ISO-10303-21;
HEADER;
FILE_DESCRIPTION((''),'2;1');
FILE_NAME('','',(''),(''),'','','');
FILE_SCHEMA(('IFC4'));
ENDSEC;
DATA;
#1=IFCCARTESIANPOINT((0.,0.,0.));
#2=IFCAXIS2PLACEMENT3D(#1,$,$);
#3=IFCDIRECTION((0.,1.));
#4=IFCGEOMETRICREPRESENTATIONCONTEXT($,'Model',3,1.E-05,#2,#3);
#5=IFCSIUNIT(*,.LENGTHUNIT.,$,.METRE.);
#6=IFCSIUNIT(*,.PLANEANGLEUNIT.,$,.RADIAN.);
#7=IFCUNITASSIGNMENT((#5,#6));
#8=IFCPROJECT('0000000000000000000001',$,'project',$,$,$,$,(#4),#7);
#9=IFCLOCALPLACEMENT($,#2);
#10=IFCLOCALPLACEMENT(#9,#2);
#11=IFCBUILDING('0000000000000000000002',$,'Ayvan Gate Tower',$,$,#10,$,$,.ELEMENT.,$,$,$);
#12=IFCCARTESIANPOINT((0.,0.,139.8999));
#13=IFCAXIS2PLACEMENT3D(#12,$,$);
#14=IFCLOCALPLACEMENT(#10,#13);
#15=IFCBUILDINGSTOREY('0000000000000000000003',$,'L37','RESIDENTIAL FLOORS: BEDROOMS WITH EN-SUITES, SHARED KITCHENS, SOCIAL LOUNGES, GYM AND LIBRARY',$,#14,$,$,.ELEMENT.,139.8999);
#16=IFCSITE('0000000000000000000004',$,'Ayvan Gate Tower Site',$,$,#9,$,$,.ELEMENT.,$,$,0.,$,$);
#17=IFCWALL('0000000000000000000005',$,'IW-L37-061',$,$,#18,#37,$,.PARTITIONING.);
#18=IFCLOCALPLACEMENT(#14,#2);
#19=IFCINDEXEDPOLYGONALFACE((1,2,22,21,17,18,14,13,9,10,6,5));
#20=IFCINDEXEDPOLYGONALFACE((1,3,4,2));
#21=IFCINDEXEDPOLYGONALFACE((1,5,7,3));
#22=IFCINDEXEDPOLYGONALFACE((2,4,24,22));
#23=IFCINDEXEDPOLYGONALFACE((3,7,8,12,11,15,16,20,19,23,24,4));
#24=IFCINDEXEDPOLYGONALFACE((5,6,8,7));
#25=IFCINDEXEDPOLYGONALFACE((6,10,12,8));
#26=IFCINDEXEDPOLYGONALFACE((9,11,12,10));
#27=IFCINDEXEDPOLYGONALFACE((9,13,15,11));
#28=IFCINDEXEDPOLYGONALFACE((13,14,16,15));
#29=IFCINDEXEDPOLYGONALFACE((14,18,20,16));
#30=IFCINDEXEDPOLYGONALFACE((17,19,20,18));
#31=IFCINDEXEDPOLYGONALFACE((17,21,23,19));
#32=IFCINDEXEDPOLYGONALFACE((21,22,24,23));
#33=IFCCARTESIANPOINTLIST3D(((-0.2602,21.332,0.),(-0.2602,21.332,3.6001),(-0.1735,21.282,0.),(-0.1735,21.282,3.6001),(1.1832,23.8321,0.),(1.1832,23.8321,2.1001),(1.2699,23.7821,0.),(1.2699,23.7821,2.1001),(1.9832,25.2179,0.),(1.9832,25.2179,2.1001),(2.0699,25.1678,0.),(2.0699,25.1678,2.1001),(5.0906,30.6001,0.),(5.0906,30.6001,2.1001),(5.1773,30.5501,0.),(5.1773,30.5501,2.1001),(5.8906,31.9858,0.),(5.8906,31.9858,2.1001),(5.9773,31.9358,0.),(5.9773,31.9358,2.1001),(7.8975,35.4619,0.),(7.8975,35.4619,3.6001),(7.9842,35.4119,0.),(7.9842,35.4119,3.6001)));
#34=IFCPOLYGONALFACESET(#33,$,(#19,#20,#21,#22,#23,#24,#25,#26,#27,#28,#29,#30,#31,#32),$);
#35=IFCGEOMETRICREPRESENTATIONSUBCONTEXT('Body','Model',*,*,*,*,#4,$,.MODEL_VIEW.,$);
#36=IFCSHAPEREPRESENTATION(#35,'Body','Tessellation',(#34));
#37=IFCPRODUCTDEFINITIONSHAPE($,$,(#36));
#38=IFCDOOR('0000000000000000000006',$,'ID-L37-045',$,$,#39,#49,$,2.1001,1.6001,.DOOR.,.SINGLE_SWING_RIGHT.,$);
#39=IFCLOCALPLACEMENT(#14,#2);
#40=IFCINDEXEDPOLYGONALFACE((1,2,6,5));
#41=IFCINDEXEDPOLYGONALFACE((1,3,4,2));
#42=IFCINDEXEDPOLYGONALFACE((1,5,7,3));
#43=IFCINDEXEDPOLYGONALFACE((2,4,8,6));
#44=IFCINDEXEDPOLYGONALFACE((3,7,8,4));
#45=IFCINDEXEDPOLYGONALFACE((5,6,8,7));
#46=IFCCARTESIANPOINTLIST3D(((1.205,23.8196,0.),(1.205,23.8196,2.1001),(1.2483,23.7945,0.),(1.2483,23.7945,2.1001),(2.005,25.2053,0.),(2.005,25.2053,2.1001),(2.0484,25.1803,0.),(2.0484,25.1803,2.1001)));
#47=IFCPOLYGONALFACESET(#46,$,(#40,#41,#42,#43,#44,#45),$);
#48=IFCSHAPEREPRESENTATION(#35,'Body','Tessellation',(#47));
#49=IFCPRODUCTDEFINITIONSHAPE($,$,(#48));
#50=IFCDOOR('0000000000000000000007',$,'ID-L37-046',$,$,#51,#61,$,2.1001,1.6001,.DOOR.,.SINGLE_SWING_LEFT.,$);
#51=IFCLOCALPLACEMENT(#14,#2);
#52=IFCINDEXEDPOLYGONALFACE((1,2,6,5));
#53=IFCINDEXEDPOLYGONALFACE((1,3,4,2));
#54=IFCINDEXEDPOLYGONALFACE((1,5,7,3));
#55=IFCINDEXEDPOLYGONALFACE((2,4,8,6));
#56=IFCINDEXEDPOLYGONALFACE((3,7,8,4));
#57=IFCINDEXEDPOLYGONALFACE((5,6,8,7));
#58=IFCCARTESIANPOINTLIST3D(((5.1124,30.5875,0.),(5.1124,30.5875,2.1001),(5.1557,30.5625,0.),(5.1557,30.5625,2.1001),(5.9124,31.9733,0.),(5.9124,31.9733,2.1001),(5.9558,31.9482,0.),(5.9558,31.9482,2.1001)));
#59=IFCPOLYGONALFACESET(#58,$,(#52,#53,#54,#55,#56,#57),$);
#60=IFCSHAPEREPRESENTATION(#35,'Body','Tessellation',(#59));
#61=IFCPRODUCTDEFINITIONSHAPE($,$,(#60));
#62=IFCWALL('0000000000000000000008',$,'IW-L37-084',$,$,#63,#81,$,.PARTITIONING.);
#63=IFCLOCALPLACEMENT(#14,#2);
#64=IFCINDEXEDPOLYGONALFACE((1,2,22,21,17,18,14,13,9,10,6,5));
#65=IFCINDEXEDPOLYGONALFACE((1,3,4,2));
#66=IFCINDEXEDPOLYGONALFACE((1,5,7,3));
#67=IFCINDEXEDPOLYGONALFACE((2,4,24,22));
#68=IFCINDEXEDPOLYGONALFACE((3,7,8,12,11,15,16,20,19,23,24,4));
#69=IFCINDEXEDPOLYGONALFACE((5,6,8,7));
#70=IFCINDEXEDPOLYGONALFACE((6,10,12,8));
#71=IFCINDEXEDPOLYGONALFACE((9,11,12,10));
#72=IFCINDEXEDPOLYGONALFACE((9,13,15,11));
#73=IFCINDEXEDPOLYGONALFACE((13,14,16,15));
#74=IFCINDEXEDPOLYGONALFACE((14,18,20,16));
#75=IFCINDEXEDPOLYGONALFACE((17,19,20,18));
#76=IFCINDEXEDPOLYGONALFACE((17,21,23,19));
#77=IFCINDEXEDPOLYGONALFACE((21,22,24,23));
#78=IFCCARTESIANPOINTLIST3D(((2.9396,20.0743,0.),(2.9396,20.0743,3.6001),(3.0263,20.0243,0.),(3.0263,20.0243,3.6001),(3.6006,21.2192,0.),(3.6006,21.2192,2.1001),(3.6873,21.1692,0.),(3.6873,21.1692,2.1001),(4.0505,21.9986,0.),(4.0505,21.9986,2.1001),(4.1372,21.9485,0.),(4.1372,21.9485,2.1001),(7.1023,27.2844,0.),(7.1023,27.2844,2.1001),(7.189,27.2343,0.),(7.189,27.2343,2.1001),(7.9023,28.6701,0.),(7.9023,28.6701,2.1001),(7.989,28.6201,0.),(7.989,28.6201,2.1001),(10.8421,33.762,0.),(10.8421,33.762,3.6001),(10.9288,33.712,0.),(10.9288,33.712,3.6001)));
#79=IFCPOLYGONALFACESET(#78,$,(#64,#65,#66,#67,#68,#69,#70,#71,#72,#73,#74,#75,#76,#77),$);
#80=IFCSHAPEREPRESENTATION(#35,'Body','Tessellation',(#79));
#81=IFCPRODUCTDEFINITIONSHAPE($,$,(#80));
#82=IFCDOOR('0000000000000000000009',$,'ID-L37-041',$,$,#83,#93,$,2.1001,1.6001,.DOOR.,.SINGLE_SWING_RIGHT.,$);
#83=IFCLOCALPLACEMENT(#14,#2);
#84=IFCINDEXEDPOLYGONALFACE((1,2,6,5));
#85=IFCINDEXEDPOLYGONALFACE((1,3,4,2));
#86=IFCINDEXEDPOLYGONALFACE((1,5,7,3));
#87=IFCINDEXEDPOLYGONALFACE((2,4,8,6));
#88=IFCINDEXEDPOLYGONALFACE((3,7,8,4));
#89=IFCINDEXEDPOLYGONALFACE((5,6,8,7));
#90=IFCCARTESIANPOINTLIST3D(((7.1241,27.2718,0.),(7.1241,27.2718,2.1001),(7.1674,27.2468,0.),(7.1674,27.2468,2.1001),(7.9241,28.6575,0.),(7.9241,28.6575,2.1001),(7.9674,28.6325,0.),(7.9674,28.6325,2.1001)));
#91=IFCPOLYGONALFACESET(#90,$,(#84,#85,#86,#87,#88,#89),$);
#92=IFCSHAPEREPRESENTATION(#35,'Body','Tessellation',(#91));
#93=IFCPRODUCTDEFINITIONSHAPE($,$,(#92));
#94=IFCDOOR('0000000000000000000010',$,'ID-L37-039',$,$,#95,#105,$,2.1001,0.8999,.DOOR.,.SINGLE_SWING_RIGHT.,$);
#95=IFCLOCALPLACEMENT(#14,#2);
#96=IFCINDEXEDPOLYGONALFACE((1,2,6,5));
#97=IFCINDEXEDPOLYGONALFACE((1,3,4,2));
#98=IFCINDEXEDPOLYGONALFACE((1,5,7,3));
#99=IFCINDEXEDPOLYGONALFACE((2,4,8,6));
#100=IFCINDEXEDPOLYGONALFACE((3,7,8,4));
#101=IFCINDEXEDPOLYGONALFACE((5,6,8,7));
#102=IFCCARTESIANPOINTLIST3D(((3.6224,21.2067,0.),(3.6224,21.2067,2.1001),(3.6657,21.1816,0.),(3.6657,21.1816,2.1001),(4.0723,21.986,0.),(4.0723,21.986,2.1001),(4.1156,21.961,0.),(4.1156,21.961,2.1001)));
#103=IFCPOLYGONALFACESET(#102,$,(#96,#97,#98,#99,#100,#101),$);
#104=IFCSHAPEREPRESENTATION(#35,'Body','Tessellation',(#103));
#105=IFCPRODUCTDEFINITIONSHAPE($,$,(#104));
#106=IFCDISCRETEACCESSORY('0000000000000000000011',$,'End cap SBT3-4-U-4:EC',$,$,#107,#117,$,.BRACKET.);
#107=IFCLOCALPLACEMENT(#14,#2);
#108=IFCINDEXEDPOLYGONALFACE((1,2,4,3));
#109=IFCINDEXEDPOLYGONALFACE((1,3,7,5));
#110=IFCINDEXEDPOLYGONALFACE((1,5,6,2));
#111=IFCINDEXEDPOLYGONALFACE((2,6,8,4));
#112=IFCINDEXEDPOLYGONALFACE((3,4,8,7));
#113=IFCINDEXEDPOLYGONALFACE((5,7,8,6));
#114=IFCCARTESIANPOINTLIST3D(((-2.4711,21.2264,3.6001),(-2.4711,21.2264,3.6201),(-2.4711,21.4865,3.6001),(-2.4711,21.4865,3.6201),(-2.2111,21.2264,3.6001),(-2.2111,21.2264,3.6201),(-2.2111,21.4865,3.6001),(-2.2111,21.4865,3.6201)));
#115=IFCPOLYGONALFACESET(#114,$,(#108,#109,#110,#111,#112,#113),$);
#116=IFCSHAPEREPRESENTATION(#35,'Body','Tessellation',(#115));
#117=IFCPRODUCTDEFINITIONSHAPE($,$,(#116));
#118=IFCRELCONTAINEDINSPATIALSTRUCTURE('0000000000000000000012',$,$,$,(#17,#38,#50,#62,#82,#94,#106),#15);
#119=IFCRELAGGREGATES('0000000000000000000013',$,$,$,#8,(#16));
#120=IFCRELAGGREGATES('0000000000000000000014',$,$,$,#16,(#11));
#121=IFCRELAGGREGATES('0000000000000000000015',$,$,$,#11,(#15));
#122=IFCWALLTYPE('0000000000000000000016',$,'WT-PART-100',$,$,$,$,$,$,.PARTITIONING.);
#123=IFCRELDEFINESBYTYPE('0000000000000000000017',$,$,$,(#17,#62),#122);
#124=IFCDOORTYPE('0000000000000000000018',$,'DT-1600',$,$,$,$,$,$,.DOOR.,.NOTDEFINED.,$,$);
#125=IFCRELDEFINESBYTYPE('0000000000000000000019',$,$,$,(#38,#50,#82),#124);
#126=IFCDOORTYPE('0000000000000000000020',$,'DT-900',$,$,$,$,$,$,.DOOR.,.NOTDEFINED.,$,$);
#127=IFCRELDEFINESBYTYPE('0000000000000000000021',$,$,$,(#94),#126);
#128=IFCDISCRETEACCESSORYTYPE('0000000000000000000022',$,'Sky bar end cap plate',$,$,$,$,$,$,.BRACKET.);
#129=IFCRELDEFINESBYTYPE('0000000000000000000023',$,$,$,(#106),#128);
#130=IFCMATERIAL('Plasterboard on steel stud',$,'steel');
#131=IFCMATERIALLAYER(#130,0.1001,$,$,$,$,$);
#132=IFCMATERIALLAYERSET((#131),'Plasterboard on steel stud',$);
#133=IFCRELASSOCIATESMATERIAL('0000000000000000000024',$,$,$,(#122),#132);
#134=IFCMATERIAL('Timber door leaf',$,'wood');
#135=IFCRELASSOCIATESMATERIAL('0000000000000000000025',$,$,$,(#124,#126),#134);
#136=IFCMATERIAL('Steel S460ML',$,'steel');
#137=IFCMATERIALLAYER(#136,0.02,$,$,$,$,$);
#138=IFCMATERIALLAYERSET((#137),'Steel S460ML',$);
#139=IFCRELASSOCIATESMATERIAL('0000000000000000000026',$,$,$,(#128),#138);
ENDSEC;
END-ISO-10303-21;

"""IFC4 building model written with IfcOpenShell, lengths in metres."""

from ifc_helpers import new_model, si_unit, direction, frame, frame_2d, origin, origin_2d, place, context, subcontext, project, spatial, rectangle, extrude, material, layer, layer_set, type_object, element, fill, save


model = new_model("IFC4")

# Units and contexts
model_context = context("Model", 3, precision=1e-05, world=origin(), true_north=direction((0.0, 1.0)))
body_context = subcontext(model_context, "Body", "Model", "MODEL_VIEW")
ifc_project = project(units=[si_unit("LENGTHUNIT", "METRE"), si_unit("PLANEANGLEUNIT", "RADIAN")], contexts=[model_context])

# Site, building, storey
site_placement = place(None, origin())
site = spatial("IfcSite", under=ifc_project, at=site_placement, Name="Ayvan Gate Tower Site", CompositionType="ELEMENT", RefElevation=0.0)
building_placement = place(site_placement, origin())
building = spatial("IfcBuilding", under=site, at=building_placement, Name="Ayvan Gate Tower", CompositionType="ELEMENT")
storey_placement = place(building_placement, frame((0.0, 0.0, 139.8999)))
storey = spatial("IfcBuildingStorey", under=building, at=storey_placement, Name="L37", Description="RESIDENTIAL FLOORS: BEDROOMS WITH EN-SUITES, SHARED KITCHENS, SOCIAL LOUNGES, GYM AND LIBRARY", CompositionType="ELEMENT", Elevation=139.8999)

# Shared definitions
ifc_material_1 = material(Name="Plasterboard on steel stud", Category="steel")
ifc_layer_1 = layer(ifc_material_1, 0.1001)
ifc_layer_set_1 = layer_set([ifc_layer_1], Name="Plasterboard on steel stud")
wall_type = type_object("IfcWallType", Name="WT-PART-100", PredefinedType="PARTITIONING", material=ifc_layer_set_1)

# Walls, openings, doors
wall_1_placement = place(storey_placement, frame((-0.2168, 21.3071, 0.0), z_axis=(0.0, 0.0, 1.0), x_axis=(0.499992, 0.86603, 0.0)))
wall_1 = element("IfcWall", 1, at=wall_1_placement, inside=storey, type_object=wall_type, Name="IW-L37-061", PredefinedType="PARTITIONING", context=body_context, shape_type="SweptSolid", body=[
    extrude(rectangle(XDim=16.3157, YDim=0.1001, at=frame_2d((8.1577, 0.0))), origin(), (0.0, 0.0, 1.0), 3.6001),
])
opening_1_placement = place(wall_1_placement, frame((2.8867, 0.0, 0.0)))
opening_1 = element("IfcOpeningElement", 2, at=opening_1_placement, cuts=wall_1, PredefinedType="OPENING", context=body_context, shape_type="SweptSolid", body=[
    extrude(rectangle(XDim=1.6001, YDim=2.1001, at=frame_2d((0.8, 1.05))), frame((0.0, 0.0601, 0.0), z_axis=(0.0, -1.0, 0.0), x_axis=(1.0, 0.0, 0.0)), (0.0, 0.0, 1.0), 0.1201),
])
opening_2_placement = place(wall_1_placement, frame((10.7017, 0.0, 0.0)))
opening_2 = element("IfcOpeningElement", 3, at=opening_2_placement, cuts=wall_1, PredefinedType="OPENING", context=body_context, shape_type="SweptSolid", body=[
    extrude(rectangle(XDim=1.6001, YDim=2.1001, at=frame_2d((0.8, 1.05))), frame((0.0, 0.0601, 0.0), z_axis=(0.0, -1.0, 0.0), x_axis=(1.0, 0.0, 0.0)), (0.0, 0.0, 1.0), 0.1201),
])
ifc_material_2 = material(Name="Timber door leaf", Category="wood")
door_type_1 = type_object("IfcDoorType", Name="DT-1600", OperationType="NOTDEFINED", PredefinedType="DOOR", material=ifc_material_2)
door_1_placement = place(opening_1_placement, origin())
door_1 = element("IfcDoor", 4, at=door_1_placement, inside=storey, type_object=door_type_1, Name="ID-L37-045", OperationType="SINGLE_SWING_RIGHT", OverallHeight=2.1001, OverallWidth=1.6001, PredefinedType="DOOR", context=body_context, shape_type="SweptSolid", body=[
    extrude(rectangle(XDim=1.6001, YDim=2.1001, at=frame_2d((0.8, 1.05))), frame((0.0, 0.0249, 0.0), z_axis=(0.0, -1.0, 0.0), x_axis=(1.0, 0.0, 0.0)), (0.0, 0.0, 1.0), 0.05),
])
fill(opening_1, door_1)
door_2_placement = place(opening_2_placement, origin())
door_2 = element("IfcDoor", 5, at=door_2_placement, inside=storey, type_object=door_type_1, Name="ID-L37-046", OperationType="SINGLE_SWING_LEFT", OverallHeight=2.1001, OverallWidth=1.6001, PredefinedType="DOOR", context=body_context, shape_type="SweptSolid", body=[
    extrude(rectangle(XDim=1.6001, YDim=2.1001, at=frame_2d((0.8, 1.05))), frame((0.0, 0.0249, 0.0), z_axis=(0.0, -1.0, 0.0), x_axis=(1.0, 0.0, 0.0)), (0.0, 0.0, 1.0), 0.05),
])
fill(opening_2, door_2)
wall_2_placement = place(storey_placement, frame((2.9829, 20.0493, 0.0), z_axis=(0.0, 0.0, 1.0), x_axis=(0.499998, 0.866026, 0.0)))
wall_2 = element("IfcWall", 6, at=wall_2_placement, inside=storey, type_object=wall_type, Name="IW-L37-084", PredefinedType="PARTITIONING", context=body_context, shape_type="SweptSolid", body=[
    extrude(rectangle(XDim=15.8052, YDim=0.1001, at=frame_2d((7.9026, 0.0))), origin(), (0.0, 0.0, 1.0), 3.6001),
])
opening_3_placement = place(wall_2_placement, frame((1.322, 0.0, 0.0)))
opening_3 = element("IfcOpeningElement", 7, at=opening_3_placement, cuts=wall_2, PredefinedType="OPENING", context=body_context, shape_type="SweptSolid", body=[
    extrude(rectangle(XDim=0.8999, YDim=2.1001, at=frame_2d((0.45, 1.05))), frame((0.0, 0.0601, 0.0), z_axis=(0.0, -1.0, 0.0), x_axis=(1.0, 0.0, 0.0)), (0.0, 0.0, 1.0), 0.1201),
])
opening_4_placement = place(wall_2_placement, frame((8.3254, 0.0, 0.0)))
opening_4 = element("IfcOpeningElement", 8, at=opening_4_placement, cuts=wall_2, PredefinedType="OPENING", context=body_context, shape_type="SweptSolid", body=[
    extrude(rectangle(XDim=1.6001, YDim=2.1001, at=frame_2d((0.8, 1.05))), frame((0.0, 0.0601, 0.0), z_axis=(0.0, -1.0, 0.0), x_axis=(1.0, 0.0, 0.0)), (0.0, 0.0, 1.0), 0.1201),
])
door_3_placement = place(opening_4_placement, origin())
door_3 = element("IfcDoor", 9, at=door_3_placement, inside=storey, type_object=door_type_1, Name="ID-L37-041", OperationType="SINGLE_SWING_RIGHT", OverallHeight=2.1001, OverallWidth=1.6001, PredefinedType="DOOR", context=body_context, shape_type="SweptSolid", body=[
    extrude(rectangle(XDim=1.6001, YDim=2.1001, at=frame_2d((0.8, 1.05))), frame((0.0, 0.0249, 0.0), z_axis=(0.0, -1.0, 0.0), x_axis=(1.0, 0.0, 0.0)), (0.0, 0.0, 1.0), 0.05),
])
fill(opening_4, door_3)
door_type_2 = type_object("IfcDoorType", Name="DT-900", OperationType="NOTDEFINED", PredefinedType="DOOR", material=ifc_material_2)
door_4_placement = place(opening_3_placement, origin())
door_4 = element("IfcDoor", 10, at=door_4_placement, inside=storey, type_object=door_type_2, Name="ID-L37-039", OperationType="SINGLE_SWING_RIGHT", OverallHeight=2.1001, OverallWidth=0.8999, PredefinedType="DOOR", context=body_context, shape_type="SweptSolid", body=[
    extrude(rectangle(XDim=0.8999, YDim=2.1001, at=frame_2d((0.45, 1.05))), frame((0.0, 0.0249, 0.0), z_axis=(0.0, -1.0, 0.0), x_axis=(1.0, 0.0, 0.0)), (0.0, 0.0, 1.0), 0.05),
])
fill(opening_3, door_4)

# Discrete accessory
ifc_material_3 = material(Name="Steel S460ML", Category="steel")
ifc_layer_2 = layer(ifc_material_3, 0.02)
ifc_layer_set_2 = layer_set([ifc_layer_2], Name="Steel S460ML")
discrete_accessory_type = type_object("IfcDiscreteAccessoryType", Name="Sky bar end cap plate", PredefinedType="BRACKET", material=ifc_layer_set_2)
discrete_accessory_placement = place(storey_placement, frame((-2.3411, 21.3564, 3.6001), z_axis=(0.0, 0.0, 1.0), x_axis=(1.0, 0.0, 0.0)))
element("IfcDiscreteAccessory", 11, at=discrete_accessory_placement, inside=storey, type_object=discrete_accessory_type, Name="End cap SBT3-4-U-4:EC", PredefinedType="BRACKET", context=body_context, shape_type="SweptSolid", body=[
    extrude(rectangle(XDim=0.26, YDim=0.26, at=origin_2d()), origin(), (0.0, 0.0, 1.0), 0.02),
])

save(model, "model.ifc")
